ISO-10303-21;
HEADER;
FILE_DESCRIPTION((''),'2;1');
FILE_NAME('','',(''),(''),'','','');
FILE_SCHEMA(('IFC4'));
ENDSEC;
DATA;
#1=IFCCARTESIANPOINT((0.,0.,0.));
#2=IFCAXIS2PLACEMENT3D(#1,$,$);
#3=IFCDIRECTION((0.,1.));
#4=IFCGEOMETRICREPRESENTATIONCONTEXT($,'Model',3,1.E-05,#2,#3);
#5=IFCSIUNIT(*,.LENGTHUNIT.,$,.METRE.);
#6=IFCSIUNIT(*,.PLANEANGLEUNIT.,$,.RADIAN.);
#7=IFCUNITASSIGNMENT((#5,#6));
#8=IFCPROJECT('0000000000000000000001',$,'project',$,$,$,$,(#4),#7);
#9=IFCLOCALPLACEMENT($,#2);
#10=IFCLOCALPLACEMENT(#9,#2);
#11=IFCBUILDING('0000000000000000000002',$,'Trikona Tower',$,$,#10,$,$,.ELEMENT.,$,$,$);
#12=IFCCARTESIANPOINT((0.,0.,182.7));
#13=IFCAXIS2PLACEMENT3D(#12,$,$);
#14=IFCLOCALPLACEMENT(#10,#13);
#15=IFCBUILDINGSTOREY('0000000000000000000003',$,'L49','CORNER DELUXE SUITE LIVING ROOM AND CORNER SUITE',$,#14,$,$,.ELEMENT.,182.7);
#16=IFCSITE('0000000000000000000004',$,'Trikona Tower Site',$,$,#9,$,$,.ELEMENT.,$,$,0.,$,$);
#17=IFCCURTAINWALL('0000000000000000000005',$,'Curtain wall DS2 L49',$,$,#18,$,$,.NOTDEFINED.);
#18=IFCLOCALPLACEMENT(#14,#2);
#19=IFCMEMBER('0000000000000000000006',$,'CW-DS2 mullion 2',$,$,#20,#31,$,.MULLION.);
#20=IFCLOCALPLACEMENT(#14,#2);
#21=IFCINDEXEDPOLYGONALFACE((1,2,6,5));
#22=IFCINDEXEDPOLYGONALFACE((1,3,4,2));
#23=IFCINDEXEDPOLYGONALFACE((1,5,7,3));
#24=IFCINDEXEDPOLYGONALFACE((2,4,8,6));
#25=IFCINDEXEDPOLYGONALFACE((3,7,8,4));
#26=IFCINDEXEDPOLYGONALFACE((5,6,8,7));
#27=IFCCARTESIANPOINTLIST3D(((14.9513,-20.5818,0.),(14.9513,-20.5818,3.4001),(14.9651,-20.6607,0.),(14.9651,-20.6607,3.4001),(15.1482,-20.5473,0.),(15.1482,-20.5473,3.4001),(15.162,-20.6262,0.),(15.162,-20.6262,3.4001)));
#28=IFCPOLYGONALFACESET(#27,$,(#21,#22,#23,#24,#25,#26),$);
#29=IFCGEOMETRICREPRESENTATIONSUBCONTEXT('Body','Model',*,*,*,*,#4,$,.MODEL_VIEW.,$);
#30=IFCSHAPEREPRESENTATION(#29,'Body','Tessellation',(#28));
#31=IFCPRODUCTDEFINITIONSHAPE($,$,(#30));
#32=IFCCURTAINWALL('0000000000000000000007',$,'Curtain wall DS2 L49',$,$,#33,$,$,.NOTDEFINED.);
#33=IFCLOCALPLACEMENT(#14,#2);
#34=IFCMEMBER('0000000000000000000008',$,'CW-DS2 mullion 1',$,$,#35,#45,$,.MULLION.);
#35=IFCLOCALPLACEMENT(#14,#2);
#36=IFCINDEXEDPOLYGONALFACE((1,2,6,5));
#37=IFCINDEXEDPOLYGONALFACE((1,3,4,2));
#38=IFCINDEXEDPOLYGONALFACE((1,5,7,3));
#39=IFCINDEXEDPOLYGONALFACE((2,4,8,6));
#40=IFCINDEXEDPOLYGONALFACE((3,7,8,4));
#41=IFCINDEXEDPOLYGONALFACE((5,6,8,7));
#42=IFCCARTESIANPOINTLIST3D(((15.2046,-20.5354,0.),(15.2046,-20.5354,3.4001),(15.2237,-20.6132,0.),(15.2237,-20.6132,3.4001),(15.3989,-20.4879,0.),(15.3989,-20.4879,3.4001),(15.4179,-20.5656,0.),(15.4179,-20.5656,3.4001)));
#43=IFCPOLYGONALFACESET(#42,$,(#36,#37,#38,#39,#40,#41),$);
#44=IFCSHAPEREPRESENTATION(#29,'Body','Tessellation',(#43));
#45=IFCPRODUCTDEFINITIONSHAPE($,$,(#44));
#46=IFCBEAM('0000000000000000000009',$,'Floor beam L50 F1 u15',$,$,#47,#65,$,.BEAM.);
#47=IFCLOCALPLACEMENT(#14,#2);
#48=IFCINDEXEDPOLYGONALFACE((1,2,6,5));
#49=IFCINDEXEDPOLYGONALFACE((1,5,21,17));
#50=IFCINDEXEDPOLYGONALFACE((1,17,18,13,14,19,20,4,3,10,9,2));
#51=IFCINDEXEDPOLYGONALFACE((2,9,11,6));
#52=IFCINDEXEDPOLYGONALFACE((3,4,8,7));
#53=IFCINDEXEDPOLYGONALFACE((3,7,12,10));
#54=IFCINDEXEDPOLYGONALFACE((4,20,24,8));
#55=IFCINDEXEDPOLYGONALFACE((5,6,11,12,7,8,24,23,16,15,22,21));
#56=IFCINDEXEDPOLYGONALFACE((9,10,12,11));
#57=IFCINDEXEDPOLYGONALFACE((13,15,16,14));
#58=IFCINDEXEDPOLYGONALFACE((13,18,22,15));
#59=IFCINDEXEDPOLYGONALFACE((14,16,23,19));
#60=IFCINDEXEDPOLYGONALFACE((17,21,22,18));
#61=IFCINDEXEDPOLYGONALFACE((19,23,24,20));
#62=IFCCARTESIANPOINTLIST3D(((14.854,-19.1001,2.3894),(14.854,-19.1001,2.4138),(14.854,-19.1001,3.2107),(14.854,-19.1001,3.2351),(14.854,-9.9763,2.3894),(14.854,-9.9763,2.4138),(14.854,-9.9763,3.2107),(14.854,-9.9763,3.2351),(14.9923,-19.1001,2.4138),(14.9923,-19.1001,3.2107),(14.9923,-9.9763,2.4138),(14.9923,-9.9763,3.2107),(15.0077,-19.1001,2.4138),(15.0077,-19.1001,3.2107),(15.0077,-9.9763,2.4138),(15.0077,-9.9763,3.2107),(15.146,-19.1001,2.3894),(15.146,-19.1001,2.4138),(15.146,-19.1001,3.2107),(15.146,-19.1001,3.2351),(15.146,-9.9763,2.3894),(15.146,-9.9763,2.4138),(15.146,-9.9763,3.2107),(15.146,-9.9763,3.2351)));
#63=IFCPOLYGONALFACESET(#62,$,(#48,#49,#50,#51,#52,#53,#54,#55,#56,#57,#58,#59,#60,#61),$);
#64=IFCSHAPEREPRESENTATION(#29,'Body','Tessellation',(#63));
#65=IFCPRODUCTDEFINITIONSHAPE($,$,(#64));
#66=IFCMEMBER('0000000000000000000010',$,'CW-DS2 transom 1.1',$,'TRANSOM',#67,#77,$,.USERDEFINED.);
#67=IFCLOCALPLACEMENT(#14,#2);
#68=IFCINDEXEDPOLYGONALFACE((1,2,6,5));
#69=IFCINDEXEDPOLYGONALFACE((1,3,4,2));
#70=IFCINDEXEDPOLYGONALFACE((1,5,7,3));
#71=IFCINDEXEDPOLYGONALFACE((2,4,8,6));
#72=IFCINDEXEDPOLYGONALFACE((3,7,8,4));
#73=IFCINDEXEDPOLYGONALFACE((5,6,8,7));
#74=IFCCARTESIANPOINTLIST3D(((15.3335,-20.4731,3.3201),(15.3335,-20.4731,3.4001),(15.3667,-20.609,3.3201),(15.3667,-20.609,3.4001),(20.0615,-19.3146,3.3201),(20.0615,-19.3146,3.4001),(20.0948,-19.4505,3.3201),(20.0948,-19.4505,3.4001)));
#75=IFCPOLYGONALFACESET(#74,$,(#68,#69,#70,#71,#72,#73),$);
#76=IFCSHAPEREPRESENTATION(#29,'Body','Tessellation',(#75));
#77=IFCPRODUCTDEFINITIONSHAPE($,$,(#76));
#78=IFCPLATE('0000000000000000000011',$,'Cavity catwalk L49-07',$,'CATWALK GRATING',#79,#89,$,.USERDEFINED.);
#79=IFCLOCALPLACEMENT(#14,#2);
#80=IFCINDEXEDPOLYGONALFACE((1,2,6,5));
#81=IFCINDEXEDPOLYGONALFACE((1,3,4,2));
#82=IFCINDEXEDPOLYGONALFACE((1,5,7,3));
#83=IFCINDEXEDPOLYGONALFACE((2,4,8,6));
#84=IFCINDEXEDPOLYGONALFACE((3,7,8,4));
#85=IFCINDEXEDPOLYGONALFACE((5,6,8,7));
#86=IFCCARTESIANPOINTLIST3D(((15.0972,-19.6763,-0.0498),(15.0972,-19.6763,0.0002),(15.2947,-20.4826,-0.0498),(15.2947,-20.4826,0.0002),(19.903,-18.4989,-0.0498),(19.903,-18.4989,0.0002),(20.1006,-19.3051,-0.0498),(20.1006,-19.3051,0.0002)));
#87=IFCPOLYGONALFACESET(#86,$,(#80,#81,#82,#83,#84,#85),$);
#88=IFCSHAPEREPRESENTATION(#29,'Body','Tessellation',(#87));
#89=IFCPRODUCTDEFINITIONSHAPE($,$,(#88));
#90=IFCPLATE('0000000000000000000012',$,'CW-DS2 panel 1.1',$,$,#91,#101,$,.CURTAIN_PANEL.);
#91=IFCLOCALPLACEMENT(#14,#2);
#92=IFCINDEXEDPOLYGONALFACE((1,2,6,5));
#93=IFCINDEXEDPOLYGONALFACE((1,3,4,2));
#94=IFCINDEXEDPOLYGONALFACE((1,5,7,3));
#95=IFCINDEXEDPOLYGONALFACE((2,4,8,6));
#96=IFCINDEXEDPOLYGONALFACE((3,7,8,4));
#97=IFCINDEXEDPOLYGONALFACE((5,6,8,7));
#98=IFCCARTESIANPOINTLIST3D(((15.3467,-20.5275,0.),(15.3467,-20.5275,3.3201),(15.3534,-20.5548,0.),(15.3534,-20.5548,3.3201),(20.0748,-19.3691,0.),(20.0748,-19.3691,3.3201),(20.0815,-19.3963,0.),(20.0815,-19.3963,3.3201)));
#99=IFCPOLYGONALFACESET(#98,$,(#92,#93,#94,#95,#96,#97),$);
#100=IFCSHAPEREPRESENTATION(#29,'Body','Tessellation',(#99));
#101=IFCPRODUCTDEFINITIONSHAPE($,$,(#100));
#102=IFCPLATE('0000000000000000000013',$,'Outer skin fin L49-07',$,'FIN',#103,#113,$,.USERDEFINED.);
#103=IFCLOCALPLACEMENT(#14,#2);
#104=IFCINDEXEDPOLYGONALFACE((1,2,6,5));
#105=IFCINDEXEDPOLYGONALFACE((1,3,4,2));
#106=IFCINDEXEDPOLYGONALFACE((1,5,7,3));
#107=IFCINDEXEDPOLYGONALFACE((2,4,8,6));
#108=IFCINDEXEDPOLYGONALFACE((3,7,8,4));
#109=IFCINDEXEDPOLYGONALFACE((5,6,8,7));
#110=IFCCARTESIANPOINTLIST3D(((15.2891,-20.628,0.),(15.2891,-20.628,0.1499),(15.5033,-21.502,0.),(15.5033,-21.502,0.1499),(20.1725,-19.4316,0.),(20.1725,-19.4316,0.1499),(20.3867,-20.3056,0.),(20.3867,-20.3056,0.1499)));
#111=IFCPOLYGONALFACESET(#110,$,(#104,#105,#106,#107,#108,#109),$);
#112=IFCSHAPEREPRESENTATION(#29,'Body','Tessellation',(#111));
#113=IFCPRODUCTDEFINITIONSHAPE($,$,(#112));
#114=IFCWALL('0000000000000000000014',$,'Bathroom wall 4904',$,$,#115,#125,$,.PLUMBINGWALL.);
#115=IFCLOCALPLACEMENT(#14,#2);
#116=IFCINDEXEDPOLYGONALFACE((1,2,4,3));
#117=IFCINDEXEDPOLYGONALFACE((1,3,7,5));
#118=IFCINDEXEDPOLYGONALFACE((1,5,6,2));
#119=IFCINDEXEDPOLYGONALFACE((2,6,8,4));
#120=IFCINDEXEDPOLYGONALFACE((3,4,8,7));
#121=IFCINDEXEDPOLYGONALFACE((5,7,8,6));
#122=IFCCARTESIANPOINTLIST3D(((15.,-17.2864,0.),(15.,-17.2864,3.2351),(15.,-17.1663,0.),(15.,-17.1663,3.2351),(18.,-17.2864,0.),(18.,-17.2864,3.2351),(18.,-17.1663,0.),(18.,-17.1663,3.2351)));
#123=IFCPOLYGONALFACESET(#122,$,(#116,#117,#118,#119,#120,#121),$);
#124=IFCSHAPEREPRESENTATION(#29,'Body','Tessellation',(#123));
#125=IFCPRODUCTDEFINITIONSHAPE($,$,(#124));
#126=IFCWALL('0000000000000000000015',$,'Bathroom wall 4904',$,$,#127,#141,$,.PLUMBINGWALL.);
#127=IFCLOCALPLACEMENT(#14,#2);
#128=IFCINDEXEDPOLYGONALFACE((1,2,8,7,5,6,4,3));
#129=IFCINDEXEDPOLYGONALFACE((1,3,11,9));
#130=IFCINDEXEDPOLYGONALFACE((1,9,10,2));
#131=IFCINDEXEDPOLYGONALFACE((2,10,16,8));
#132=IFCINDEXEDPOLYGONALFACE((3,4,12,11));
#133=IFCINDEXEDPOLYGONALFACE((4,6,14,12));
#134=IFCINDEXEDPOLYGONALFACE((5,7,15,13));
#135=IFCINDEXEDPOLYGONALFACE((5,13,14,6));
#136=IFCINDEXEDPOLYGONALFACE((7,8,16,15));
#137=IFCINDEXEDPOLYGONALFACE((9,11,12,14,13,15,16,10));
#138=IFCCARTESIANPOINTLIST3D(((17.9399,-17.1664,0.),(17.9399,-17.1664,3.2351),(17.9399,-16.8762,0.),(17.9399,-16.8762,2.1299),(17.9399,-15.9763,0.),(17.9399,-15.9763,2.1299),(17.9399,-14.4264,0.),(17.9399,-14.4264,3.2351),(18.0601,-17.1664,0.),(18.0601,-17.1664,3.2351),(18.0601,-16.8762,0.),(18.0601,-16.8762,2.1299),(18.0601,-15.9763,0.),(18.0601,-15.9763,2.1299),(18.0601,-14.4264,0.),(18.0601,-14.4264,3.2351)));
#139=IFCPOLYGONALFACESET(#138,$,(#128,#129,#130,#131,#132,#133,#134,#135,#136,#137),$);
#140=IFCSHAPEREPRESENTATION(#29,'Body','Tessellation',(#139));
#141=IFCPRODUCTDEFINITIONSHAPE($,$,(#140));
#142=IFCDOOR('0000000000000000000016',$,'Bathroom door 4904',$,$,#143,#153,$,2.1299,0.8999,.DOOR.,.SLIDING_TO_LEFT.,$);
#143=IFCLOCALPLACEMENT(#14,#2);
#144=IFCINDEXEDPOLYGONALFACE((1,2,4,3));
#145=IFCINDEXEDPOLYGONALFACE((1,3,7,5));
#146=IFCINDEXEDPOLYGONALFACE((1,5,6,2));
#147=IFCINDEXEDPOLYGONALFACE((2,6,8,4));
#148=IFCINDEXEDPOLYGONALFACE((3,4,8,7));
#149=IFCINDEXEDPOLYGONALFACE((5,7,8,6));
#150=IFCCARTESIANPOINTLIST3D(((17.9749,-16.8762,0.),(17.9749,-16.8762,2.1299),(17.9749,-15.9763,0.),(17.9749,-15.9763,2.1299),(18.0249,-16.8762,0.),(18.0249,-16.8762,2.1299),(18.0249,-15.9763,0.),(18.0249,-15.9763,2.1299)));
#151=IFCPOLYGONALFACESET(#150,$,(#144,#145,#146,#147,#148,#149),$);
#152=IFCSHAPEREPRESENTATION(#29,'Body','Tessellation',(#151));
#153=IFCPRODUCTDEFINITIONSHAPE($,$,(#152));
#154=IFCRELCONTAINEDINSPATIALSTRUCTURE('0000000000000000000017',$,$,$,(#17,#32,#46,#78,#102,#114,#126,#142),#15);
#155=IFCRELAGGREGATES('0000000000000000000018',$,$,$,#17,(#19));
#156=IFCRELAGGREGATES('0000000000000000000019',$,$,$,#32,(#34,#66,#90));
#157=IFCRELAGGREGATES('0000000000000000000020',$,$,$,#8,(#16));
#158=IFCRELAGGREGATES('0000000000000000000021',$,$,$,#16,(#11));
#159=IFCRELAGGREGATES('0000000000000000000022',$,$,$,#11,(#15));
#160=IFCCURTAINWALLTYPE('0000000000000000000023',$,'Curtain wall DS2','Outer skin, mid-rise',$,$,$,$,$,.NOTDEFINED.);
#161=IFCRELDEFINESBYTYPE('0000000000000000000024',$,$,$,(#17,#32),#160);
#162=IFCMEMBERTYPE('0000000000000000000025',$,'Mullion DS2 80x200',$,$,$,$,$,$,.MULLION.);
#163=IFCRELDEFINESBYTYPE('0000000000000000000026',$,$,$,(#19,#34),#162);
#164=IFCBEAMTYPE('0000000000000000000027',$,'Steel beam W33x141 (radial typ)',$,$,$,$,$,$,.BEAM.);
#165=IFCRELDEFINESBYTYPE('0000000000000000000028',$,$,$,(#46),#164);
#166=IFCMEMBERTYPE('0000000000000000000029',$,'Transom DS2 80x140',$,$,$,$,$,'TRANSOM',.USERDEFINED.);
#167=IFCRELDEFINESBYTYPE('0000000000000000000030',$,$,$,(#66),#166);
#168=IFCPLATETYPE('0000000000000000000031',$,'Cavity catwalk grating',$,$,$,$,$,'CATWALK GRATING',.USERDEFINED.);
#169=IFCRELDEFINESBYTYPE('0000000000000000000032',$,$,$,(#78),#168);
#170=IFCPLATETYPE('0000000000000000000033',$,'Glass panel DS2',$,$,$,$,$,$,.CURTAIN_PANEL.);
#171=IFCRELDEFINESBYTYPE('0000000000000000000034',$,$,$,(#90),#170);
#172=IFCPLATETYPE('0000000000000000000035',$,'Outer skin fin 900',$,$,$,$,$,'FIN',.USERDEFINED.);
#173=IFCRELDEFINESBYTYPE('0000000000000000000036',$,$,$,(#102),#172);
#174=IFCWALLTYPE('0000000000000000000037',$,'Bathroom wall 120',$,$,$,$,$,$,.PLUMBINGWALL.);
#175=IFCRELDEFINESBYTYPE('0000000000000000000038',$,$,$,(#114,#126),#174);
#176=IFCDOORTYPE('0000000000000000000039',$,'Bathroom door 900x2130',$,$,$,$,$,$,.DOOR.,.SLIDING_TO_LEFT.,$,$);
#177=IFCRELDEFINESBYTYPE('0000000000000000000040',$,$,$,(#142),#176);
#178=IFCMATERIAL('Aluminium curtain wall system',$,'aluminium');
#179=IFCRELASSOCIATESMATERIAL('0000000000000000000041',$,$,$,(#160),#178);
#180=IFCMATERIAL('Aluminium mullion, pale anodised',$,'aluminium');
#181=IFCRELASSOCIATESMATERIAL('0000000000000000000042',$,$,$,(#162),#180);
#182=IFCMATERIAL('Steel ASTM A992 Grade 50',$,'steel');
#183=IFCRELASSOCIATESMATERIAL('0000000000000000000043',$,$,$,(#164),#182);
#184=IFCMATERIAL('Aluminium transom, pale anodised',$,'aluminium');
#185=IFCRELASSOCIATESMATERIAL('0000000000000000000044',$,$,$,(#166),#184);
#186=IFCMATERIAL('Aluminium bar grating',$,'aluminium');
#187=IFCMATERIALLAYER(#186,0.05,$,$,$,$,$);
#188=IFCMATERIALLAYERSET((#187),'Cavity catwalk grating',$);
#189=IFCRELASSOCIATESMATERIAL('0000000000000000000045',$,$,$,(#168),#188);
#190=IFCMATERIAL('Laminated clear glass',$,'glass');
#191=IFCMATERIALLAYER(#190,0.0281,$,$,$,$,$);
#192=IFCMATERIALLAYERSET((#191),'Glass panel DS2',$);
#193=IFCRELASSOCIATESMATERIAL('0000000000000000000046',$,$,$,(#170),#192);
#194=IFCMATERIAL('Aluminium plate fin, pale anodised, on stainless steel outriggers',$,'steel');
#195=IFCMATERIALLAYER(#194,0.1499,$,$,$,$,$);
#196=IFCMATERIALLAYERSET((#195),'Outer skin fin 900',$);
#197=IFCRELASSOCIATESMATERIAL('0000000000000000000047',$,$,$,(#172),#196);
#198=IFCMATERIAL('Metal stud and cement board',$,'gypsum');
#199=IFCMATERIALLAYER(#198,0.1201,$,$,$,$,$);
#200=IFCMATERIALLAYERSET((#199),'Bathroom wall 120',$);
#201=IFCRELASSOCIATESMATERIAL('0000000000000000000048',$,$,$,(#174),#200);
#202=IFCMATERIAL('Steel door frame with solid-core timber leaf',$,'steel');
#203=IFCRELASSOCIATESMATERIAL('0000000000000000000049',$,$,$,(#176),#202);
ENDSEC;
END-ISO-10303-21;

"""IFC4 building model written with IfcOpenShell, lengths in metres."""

from ifc_helpers import new_model, si_unit, direction, frame, frame_2d, origin, origin_2d, place, context, subcontext, project, spatial, rectangle, i_section, extrude, material, layer, layer_set, material_profile, profile_set, type_object, element, fill, aggregate, save


model = new_model("IFC4")

# Units and contexts
model_context = context("Model", 3, precision=1e-05, world=origin(), true_north=direction((0.0, 1.0)))
body_context = subcontext(model_context, "Body", "Model", "MODEL_VIEW")
ifc_project = project(units=[si_unit("LENGTHUNIT", "METRE"), si_unit("PLANEANGLEUNIT", "RADIAN")], contexts=[model_context])

# Site, building, storey
site_placement = place(None, origin())
site = spatial("IfcSite", under=ifc_project, at=site_placement, Name="Trikona Tower Site", CompositionType="ELEMENT", RefElevation=0.0)
building_placement = place(site_placement, origin())
building = spatial("IfcBuilding", under=site, at=building_placement, Name="Trikona Tower", CompositionType="ELEMENT")
storey_placement = place(building_placement, frame((0.0, 0.0, 182.7)))
storey = spatial("IfcBuildingStorey", under=building, at=storey_placement, Name="L49", Description="CORNER DELUXE SUITE LIVING ROOM AND CORNER SUITE", CompositionType="ELEMENT", Elevation=182.7)

# Curtain walls, members
ifc_material_1 = material(Name="Aluminium curtain wall system", Category="aluminium")
curtain_wall_type = type_object("IfcCurtainWallType", Name="Curtain wall DS2", Description="Outer skin, mid-rise", PredefinedType="NOTDEFINED", material=ifc_material_1)
curtain_wall_1_placement = place(storey_placement, origin())
curtain_wall_1 = element("IfcCurtainWall", 1, at=curtain_wall_1_placement, inside=storey, type_object=curtain_wall_type, Name="Curtain wall DS2 L49", PredefinedType="NOTDEFINED")
ifc_material_2 = material(Name="Aluminium mullion, pale anodised", Category="aluminium")
ifc_material_profile_1 = material_profile(ifc_material_2, rectangle(XDim=0.0801, YDim=0.2, at=origin_2d()), Name="MUL-DS2")
ifc_profile_set_1 = profile_set([ifc_material_profile_1], Name="Aluminium mullion, pale anodised")
member_type_1 = type_object("IfcMemberType", Name="Mullion DS2 80x200", PredefinedType="MULLION", material=ifc_profile_set_1)
member_1_placement = place(storey_placement, frame((15.0566, -20.604, 0.0), z_axis=(0.0, 0.0, 1.0), x_axis=(-0.172377, 0.985031, 0.0)))
member_1 = element("IfcMember", 2, at=member_1_placement, type_object=member_type_1, Name="CW-DS2 mullion 2", PredefinedType="MULLION", context=body_context, shape_type="SweptSolid", body=[
    extrude(rectangle(XDim=0.0801, YDim=0.2, at=origin_2d()), origin(), (0.0, 0.0, 1.0), 3.4001),
])
aggregate(curtain_wall_1, [member_1])
curtain_wall_2_placement = place(storey_placement, origin())
curtain_wall_2 = element("IfcCurtainWall", 3, at=curtain_wall_2_placement, inside=storey, type_object=curtain_wall_type, Name="Curtain wall DS2 L49", PredefinedType="NOTDEFINED")
member_2_placement = place(storey_placement, frame((15.3113, -20.5505, 0.0), z_axis=(0.0, 0.0, 1.0), x_axis=(-0.23797, 0.971272, 0.0)))
member_2 = element("IfcMember", 4, at=member_2_placement, type_object=member_type_1, Name="CW-DS2 mullion 1", PredefinedType="MULLION", context=body_context, shape_type="SweptSolid", body=[
    extrude(rectangle(XDim=0.0801, YDim=0.2, at=origin_2d()), origin(), (0.0, 0.0, 1.0), 3.4001),
])

# Beam
ifc_material_3 = material(Name="Steel ASTM A992 Grade 50", Category="steel")
ifc_material_profile_2 = material_profile(ifc_material_3, i_section(OverallWidth=0.292, OverallDepth=0.8457, WebThickness=0.0154, FlangeThickness=0.0244, at=origin_2d()), Name="W33X141")
ifc_profile_set_2 = profile_set([ifc_material_profile_2], Name="Steel ASTM A992 Grade 50")
beam_type = type_object("IfcBeamType", Name="Steel beam W33x141 (radial typ)", PredefinedType="BEAM", material=ifc_profile_set_2)
beam_placement = place(storey_placement, frame((15.0, -9.9763, 2.8123), z_axis=(0.0, -1.0, 0.0), x_axis=(1.0, 0.0, 0.0)))
element("IfcBeam", 5, at=beam_placement, inside=storey, type_object=beam_type, Name="Floor beam L50 F1 u15", PredefinedType="BEAM", context=body_context, shape_type="SweptSolid", body=[
    extrude(i_section(OverallWidth=0.292, OverallDepth=0.8457, WebThickness=0.0154, FlangeThickness=0.0244, at=origin_2d()), origin(), (0.0, 0.0, 1.0), 9.1238),
])

# Member
ifc_material_4 = material(Name="Aluminium transom, pale anodised", Category="aluminium")
ifc_material_profile_3 = material_profile(ifc_material_4, rectangle(XDim=0.1399, YDim=0.0801, at=origin_2d()), Name="TRN-DS2")
ifc_profile_set_3 = profile_set([ifc_material_profile_3], Name="Aluminium transom, pale anodised")
member_type_2 = type_object("IfcMemberType", Name="Transom DS2 80x140", ElementType="TRANSOM", PredefinedType="USERDEFINED", material=ifc_profile_set_3)
member_3_placement = place(storey_placement, frame((15.3501, -20.541, 3.3601), z_axis=(0.971271, 0.237978, 0.0), x_axis=(-0.237978, 0.971271, 0.0)))
member_3 = element("IfcMember", 6, at=member_3_placement, type_object=member_type_2, Name="CW-DS2 transom 1.1", ObjectType="TRANSOM", PredefinedType="USERDEFINED", context=body_context, shape_type="SweptSolid", body=[
    extrude(rectangle(XDim=0.1399, YDim=0.0801, at=origin_2d()), origin(), (0.0, 0.0, 1.0), 4.8679),
])

# Plates
ifc_material_5 = material(Name="Aluminium bar grating", Category="aluminium")
ifc_layer_1 = layer(ifc_material_5, 0.05)
ifc_layer_set_1 = layer_set([ifc_layer_1], Name="Cavity catwalk grating")
plate_type_1 = type_object("IfcPlateType", Name="Cavity catwalk grating", ElementType="CATWALK GRATING", PredefinedType="USERDEFINED", material=ifc_layer_set_1)
plate_1_placement = place(storey_placement, frame((17.5989, -19.4907, -0.0498), z_axis=(0.0, 0.0, 1.0), x_axis=(0.971274, 0.237962, 0.0)))
element("IfcPlate", 7, at=plate_1_placement, inside=storey, type_object=plate_type_1, Name="Cavity catwalk L49-07", ObjectType="CATWALK GRATING", PredefinedType="USERDEFINED", context=body_context, shape_type="SweptSolid", body=[
    extrude(rectangle(XDim=4.948, YDim=0.8301, at=origin_2d()), origin(), (0.0, 0.0, 1.0), 0.05),
])
ifc_material_6 = material(Name="Laminated clear glass", Category="glass")
ifc_layer_2 = layer(ifc_material_6, 0.0281)
ifc_layer_set_2 = layer_set([ifc_layer_2], Name="Glass panel DS2")
plate_type_2 = type_object("IfcPlateType", Name="Glass panel DS2", PredefinedType="CURTAIN_PANEL", material=ifc_layer_set_2)
plate_2_placement = place(storey_placement, frame((17.7141, -19.9619, 0.0), z_axis=(0.0, 0.0, 1.0), x_axis=(0.971272, 0.23797, 0.0)))
plate_2 = element("IfcPlate", 8, at=plate_2_placement, type_object=plate_type_2, Name="CW-DS2 panel 1.1", PredefinedType="CURTAIN_PANEL", context=body_context, shape_type="SweptSolid", body=[
    extrude(rectangle(XDim=4.8679, YDim=0.0281, at=origin_2d()), origin(), (0.0, 0.0, 1.0), 3.3201),
])
aggregate(curtain_wall_2, [member_2, member_3, plate_2])
ifc_material_7 = material(Name="Aluminium plate fin, pale anodised, on stainless steel outriggers", Category="steel")
ifc_layer_3 = layer(ifc_material_7, 0.1499)
ifc_layer_set_3 = layer_set([ifc_layer_3], Name="Outer skin fin 900")
plate_type_3 = type_object("IfcPlateType", Name="Outer skin fin 900", ElementType="FIN", PredefinedType="USERDEFINED", material=ifc_layer_set_3)
plate_3_placement = place(storey_placement, frame((17.8379, -20.4668, 0.0), z_axis=(0.0, 0.0, 1.0), x_axis=(0.971274, 0.237962, 0.0)))
element("IfcPlate", 9, at=plate_3_placement, inside=storey, type_object=plate_type_3, Name="Outer skin fin L49-07", ObjectType="FIN", PredefinedType="USERDEFINED", context=body_context, shape_type="SweptSolid", body=[
    extrude(rectangle(XDim=5.0278, YDim=0.8999, at=origin_2d()), origin(), (0.0, 0.0, 1.0), 0.1499),
])

# Wall
ifc_material_8 = material(Name="Metal stud and cement board", Category="gypsum")
ifc_layer_4 = layer(ifc_material_8, 0.1201)
ifc_layer_set_4 = layer_set([ifc_layer_4], Name="Bathroom wall 120")
wall_type_1 = type_object("IfcWallType", Name="Bathroom wall 120", PredefinedType="PLUMBINGWALL", material=ifc_layer_set_4)
wall_1_placement = place(storey_placement, frame((15.0, -17.2263, 0.0), z_axis=(0.0, 0.0, 1.0), x_axis=(1.0, 0.0, 0.0)))
element("IfcWall", 10, at=wall_1_placement, inside=storey, type_object=wall_type_1, Name="Bathroom wall 4904", PredefinedType="PLUMBINGWALL", context=body_context, shape_type="SweptSolid", body=[
    extrude(rectangle(XDim=3.0, YDim=0.1201, at=frame_2d((1.5, 0.0))), origin(), (0.0, 0.0, 1.0), 3.2351),
])

# Wall, opening, door
wall_2_placement = place(storey_placement, frame((18.0, -14.4263, 0.0), z_axis=(0.0, 0.0, 1.0), x_axis=(0.0, -1.0, 0.0)))
wall_2 = element("IfcWall", 11, at=wall_2_placement, inside=storey, type_object=wall_type_1, Name="Bathroom wall 4904", PredefinedType="PLUMBINGWALL", context=body_context, shape_type="SweptSolid", body=[
    extrude(rectangle(XDim=2.74, YDim=0.1201, at=frame_2d((1.3701, 0.0))), origin(), (0.0, 0.0, 1.0), 3.2351),
])
opening_1_placement = place(wall_2_placement, frame((1.55, 0.0, 0.0)))
opening_1 = element("IfcOpeningElement", 12, at=opening_1_placement, cuts=wall_2, PredefinedType="OPENING", context=body_context, shape_type="SweptSolid", body=[
    extrude(rectangle(XDim=0.8999, YDim=2.1299, at=frame_2d((0.45, 1.0649))), frame((0.0, 0.0701, 0.0), z_axis=(0.0, -1.0, 0.0), x_axis=(1.0, 0.0, 0.0)), (0.0, 0.0, 1.0), 0.1401),
])
ifc_material_9 = material(Name="Steel door frame with solid-core timber leaf", Category="steel")
door_type_1 = type_object("IfcDoorType", Name="Bathroom door 900x2130", OperationType="SLIDING_TO_LEFT", PredefinedType="DOOR", material=ifc_material_9)
door_1_placement = place(opening_1_placement, origin())
door_1 = element("IfcDoor", 13, at=door_1_placement, inside=storey, type_object=door_type_1, Name="Bathroom door 4904", OperationType="SLIDING_TO_LEFT", OverallHeight=2.1299, OverallWidth=0.8999, PredefinedType="DOOR", context=body_context, shape_type="SweptSolid", body=[
    extrude(rectangle(XDim=0.8999, YDim=2.1299, at=frame_2d((0.45, 1.0649))), frame((0.0, 0.0249, 0.0), z_axis=(0.0, -1.0, 0.0), x_axis=(1.0, 0.0, 0.0)), (0.0, 0.0, 1.0), 0.05),
])
fill(opening_1, door_1)

save(model, "model.ifc")
